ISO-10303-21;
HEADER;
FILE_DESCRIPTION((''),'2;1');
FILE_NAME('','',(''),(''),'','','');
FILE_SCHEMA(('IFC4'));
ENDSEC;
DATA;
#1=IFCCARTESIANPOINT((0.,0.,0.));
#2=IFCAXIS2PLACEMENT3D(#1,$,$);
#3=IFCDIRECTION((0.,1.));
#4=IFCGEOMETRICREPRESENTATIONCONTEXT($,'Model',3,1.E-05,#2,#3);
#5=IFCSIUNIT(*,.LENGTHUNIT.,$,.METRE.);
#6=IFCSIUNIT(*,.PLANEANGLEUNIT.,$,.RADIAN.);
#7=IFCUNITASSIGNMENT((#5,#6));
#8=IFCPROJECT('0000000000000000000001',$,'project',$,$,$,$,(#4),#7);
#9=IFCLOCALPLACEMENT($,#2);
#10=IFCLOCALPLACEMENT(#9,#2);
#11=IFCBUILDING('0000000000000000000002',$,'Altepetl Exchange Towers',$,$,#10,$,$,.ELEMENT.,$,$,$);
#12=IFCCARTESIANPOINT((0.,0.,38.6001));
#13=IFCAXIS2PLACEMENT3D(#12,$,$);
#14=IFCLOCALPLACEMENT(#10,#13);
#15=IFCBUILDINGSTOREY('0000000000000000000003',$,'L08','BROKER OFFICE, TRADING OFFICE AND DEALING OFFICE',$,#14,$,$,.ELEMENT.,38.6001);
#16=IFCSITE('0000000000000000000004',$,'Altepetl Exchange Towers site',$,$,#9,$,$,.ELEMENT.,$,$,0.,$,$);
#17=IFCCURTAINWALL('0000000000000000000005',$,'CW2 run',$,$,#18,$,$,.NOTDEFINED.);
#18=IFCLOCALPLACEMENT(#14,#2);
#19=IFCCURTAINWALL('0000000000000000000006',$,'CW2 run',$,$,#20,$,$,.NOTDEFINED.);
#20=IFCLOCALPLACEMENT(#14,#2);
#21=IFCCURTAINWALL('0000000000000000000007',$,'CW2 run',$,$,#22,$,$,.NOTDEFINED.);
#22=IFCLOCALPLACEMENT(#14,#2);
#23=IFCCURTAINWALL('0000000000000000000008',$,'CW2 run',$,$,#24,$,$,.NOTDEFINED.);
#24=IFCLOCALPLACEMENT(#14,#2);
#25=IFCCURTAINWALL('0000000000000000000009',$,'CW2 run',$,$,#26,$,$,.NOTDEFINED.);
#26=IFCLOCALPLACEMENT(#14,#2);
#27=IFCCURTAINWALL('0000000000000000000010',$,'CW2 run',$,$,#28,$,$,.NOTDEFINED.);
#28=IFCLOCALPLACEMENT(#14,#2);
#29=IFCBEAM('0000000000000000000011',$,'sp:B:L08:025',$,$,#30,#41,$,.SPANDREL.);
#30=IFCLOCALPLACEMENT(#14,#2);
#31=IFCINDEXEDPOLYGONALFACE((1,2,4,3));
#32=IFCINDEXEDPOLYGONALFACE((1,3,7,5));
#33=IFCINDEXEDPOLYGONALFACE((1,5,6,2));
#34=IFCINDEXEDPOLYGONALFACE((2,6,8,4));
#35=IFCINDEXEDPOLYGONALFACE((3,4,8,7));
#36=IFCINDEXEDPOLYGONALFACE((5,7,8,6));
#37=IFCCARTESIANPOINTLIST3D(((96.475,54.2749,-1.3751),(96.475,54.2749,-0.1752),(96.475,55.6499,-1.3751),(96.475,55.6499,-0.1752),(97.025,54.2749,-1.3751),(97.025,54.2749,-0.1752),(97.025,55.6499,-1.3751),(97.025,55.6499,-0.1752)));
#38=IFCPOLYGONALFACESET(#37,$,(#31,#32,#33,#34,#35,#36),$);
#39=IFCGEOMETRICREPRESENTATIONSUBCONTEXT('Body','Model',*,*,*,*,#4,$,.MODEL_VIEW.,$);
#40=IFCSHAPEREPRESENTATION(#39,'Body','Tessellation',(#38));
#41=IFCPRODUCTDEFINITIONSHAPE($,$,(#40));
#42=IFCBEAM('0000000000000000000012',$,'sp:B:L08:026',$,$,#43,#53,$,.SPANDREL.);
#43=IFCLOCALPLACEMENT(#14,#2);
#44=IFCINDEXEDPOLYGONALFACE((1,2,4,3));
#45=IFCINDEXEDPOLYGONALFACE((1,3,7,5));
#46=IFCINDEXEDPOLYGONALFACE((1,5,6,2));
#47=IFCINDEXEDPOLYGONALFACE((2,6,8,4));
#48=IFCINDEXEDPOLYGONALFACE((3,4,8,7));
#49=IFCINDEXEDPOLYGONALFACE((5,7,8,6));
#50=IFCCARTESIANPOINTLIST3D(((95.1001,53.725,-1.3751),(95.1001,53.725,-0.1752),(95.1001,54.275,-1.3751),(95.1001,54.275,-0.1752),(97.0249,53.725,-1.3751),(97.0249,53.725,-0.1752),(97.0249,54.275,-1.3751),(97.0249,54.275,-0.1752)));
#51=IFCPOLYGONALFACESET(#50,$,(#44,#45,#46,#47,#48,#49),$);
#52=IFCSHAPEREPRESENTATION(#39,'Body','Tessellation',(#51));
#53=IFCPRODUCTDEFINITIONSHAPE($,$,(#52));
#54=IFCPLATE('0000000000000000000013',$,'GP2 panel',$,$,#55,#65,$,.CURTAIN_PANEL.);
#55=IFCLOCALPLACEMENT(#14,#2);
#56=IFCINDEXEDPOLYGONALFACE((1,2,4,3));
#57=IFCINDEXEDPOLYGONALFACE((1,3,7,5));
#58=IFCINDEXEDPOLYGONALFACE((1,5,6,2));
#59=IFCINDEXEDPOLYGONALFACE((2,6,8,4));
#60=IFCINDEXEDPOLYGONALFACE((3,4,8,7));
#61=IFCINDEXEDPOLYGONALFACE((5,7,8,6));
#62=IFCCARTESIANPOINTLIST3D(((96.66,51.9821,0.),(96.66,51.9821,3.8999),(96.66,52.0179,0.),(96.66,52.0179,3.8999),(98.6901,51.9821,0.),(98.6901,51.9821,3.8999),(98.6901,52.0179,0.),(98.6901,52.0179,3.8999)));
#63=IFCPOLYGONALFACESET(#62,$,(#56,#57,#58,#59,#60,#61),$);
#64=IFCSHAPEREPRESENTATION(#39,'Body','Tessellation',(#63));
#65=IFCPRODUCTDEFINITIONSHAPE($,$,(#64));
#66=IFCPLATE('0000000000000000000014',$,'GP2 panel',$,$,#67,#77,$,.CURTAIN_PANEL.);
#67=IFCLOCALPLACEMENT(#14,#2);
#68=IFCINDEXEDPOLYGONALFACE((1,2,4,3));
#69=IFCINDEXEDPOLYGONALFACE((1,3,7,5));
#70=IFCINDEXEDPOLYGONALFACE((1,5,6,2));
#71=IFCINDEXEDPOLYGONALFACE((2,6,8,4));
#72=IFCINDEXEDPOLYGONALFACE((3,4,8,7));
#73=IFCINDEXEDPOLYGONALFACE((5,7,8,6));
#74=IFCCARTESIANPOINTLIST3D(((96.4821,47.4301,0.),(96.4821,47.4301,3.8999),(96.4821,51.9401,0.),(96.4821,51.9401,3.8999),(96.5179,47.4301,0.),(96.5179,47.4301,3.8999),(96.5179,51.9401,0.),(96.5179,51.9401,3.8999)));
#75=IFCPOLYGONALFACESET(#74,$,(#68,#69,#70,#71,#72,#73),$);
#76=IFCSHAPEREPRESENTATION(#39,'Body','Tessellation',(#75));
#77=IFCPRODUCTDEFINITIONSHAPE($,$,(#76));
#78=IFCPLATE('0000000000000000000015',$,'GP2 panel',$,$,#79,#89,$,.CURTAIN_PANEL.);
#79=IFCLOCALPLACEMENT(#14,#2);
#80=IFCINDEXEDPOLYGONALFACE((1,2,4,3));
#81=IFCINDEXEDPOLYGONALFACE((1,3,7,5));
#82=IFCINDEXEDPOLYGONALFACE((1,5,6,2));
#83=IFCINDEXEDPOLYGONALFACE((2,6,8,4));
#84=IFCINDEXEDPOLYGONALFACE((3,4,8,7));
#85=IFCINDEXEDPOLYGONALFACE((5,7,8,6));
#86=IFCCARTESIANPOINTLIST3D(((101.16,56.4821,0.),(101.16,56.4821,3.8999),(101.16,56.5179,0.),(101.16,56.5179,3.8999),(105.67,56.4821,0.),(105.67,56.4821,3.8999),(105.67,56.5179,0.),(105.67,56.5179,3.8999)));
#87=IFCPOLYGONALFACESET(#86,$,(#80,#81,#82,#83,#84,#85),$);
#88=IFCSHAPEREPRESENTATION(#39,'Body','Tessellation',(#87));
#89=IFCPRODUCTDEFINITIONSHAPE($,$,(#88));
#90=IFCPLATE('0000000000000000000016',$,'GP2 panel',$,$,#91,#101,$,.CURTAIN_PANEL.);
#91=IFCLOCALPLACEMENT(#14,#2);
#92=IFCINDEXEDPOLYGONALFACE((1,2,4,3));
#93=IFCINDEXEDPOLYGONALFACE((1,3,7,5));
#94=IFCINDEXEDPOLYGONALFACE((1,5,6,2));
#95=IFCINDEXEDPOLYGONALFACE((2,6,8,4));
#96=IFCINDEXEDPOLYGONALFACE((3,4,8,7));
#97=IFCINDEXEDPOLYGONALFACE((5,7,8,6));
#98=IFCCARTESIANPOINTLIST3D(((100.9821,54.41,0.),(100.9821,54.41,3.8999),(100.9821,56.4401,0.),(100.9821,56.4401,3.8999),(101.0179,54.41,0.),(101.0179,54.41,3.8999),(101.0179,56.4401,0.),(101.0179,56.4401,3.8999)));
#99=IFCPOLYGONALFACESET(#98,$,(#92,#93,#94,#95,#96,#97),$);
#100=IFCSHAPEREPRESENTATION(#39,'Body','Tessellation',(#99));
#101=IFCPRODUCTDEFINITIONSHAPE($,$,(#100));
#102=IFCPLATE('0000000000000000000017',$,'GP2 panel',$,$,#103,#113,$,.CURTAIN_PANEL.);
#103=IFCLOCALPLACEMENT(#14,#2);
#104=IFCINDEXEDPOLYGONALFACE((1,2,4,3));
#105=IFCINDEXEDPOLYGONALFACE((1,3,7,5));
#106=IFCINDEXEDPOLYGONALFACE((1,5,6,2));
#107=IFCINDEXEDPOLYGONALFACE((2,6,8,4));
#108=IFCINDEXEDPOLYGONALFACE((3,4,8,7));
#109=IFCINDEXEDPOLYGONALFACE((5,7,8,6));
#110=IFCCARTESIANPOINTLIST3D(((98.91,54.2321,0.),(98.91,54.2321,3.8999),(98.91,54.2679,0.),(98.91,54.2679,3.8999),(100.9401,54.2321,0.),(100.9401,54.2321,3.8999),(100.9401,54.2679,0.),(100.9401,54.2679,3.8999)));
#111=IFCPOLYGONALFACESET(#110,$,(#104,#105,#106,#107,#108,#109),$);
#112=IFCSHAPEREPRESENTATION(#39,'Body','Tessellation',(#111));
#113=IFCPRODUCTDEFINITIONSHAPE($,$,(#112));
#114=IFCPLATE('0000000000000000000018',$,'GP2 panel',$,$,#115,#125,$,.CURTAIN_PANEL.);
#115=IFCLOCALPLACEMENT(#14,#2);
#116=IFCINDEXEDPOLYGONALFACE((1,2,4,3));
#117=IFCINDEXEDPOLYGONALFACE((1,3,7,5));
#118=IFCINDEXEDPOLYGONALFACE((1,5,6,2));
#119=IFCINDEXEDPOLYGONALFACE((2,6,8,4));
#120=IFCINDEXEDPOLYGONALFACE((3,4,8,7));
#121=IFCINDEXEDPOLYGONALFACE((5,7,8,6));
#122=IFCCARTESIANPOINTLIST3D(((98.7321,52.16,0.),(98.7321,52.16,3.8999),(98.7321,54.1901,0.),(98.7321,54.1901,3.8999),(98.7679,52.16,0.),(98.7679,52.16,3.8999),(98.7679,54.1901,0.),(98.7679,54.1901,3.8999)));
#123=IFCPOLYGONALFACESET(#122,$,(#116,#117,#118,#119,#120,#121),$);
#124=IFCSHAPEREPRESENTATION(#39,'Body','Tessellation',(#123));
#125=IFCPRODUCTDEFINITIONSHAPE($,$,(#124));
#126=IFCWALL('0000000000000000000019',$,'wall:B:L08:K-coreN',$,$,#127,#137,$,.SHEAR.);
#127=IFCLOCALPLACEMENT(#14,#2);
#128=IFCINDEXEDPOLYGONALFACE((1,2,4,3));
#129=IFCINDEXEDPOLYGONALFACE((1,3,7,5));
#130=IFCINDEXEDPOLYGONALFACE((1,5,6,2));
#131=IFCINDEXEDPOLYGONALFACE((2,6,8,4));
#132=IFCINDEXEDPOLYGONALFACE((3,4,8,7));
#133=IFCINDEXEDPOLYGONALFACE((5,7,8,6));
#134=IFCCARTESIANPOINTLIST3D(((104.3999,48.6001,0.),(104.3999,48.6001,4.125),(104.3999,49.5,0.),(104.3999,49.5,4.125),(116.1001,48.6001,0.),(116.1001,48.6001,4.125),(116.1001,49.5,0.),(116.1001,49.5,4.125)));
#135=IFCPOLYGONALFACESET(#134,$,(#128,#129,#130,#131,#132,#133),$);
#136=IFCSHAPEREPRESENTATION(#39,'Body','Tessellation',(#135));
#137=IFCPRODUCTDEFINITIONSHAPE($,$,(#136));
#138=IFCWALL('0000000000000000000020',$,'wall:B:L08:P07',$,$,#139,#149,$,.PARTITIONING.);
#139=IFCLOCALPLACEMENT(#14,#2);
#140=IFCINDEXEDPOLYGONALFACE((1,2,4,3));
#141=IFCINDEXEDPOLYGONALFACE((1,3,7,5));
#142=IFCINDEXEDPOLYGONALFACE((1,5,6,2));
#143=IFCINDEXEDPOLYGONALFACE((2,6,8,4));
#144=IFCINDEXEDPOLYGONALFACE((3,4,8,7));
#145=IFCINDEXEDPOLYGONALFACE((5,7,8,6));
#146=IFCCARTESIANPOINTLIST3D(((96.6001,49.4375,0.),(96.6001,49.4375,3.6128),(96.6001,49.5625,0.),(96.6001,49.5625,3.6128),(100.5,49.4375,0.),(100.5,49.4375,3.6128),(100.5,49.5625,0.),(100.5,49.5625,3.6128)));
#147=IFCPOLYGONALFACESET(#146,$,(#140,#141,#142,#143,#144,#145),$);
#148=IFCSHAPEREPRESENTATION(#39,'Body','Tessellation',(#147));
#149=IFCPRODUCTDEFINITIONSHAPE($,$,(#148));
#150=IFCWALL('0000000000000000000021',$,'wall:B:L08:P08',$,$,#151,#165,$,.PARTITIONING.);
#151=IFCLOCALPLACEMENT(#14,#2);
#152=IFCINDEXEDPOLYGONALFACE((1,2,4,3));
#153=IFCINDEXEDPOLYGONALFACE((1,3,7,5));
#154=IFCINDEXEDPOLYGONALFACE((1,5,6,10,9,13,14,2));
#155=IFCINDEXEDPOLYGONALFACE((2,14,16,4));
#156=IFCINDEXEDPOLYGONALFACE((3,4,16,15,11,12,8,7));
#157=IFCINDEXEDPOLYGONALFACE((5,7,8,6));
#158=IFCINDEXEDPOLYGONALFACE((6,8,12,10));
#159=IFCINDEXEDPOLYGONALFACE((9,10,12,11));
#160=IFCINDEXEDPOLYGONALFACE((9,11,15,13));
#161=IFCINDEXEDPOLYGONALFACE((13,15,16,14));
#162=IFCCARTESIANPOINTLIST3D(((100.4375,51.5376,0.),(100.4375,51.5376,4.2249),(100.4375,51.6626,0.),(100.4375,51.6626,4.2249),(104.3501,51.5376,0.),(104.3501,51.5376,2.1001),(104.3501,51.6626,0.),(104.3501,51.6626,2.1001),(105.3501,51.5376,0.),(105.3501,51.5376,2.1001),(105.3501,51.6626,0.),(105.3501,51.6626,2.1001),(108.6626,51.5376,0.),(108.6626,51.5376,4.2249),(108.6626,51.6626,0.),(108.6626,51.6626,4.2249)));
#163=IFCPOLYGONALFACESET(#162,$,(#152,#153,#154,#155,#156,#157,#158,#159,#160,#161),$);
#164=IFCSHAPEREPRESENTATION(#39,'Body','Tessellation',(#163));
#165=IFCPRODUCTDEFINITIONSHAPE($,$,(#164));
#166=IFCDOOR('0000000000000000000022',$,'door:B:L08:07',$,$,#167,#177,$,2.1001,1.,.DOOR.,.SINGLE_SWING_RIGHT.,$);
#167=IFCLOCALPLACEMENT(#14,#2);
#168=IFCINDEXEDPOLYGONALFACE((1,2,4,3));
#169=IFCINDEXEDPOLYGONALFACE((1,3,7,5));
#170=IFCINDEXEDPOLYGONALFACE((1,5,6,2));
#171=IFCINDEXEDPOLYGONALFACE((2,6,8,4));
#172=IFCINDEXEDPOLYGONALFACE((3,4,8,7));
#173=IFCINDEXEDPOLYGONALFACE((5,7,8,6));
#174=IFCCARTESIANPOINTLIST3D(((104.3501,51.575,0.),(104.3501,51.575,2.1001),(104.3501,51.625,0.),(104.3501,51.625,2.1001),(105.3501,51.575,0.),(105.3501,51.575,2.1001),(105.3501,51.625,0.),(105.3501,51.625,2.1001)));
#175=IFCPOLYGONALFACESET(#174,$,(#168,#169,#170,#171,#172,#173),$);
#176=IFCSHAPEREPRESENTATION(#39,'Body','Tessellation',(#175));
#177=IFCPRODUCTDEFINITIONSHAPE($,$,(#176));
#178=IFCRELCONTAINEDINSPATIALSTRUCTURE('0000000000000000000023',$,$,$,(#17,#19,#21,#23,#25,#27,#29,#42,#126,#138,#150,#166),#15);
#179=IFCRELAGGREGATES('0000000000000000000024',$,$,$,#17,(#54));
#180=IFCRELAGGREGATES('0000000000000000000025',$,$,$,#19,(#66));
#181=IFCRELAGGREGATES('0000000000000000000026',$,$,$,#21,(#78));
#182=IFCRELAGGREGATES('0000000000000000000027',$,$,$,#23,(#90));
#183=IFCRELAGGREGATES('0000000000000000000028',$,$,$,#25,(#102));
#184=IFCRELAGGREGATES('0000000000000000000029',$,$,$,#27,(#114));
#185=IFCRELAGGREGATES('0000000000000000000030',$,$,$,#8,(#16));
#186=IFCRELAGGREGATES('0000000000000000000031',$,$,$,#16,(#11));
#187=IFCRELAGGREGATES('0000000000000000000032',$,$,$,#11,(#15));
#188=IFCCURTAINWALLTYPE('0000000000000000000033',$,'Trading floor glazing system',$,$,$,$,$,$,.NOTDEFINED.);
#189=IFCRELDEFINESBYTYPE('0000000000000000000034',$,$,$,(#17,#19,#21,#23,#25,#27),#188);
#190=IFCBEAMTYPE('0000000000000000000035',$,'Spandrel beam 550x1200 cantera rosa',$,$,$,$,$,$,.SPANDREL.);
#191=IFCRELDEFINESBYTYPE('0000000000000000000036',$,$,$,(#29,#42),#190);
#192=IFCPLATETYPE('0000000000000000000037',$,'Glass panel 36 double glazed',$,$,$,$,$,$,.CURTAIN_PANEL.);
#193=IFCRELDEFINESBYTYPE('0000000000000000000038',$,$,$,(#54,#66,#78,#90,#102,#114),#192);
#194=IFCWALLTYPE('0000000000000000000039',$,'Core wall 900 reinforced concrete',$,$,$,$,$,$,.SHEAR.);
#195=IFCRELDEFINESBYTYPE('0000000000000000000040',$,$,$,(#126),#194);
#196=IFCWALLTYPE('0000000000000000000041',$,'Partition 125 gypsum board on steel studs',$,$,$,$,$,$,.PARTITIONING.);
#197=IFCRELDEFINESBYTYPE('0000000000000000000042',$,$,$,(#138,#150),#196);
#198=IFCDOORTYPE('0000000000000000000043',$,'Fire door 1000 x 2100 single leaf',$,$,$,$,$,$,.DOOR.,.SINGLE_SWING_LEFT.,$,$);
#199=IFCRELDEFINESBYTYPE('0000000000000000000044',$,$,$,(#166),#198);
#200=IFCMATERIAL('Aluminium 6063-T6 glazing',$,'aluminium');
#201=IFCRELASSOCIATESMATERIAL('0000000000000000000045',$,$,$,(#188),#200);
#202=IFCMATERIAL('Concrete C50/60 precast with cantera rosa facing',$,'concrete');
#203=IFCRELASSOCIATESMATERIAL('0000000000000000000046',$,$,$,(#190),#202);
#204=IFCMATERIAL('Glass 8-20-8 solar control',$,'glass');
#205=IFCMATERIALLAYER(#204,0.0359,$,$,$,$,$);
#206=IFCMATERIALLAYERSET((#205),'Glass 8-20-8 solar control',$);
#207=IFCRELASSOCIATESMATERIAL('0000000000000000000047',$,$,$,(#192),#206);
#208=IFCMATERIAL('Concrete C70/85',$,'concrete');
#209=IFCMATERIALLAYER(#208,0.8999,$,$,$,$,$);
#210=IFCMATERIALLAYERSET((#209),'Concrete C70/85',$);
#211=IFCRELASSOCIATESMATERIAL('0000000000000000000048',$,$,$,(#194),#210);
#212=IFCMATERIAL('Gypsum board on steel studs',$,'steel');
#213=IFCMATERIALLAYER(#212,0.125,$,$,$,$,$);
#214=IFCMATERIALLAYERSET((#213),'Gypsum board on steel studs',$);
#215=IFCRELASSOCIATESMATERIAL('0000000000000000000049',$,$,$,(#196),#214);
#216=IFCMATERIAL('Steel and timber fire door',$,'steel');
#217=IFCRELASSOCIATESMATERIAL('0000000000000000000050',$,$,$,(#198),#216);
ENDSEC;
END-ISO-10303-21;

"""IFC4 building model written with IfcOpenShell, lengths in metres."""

from ifc_helpers import new_model, si_unit, direction, frame, frame_2d, origin, origin_2d, place, context, subcontext, project, spatial, rectangle, extrude, material, layer, layer_set, material_profile, profile_set, type_object, element, fill, aggregate, save


model = new_model("IFC4")

# Units and contexts
model_context = context("Model", 3, precision=1e-05, world=origin(), true_north=direction((0.0, 1.0)))
body_context = subcontext(model_context, "Body", "Model", "MODEL_VIEW")
ifc_project = project(units=[si_unit("LENGTHUNIT", "METRE"), si_unit("PLANEANGLEUNIT", "RADIAN")], contexts=[model_context])

# Site, building, storey
site_placement = place(None, origin())
site = spatial("IfcSite", under=ifc_project, at=site_placement, Name="Altepetl Exchange Towers site", CompositionType="ELEMENT", RefElevation=0.0)
building_placement = place(site_placement, origin())
building = spatial("IfcBuilding", under=site, at=building_placement, Name="Altepetl Exchange Towers", CompositionType="ELEMENT")
storey_placement = place(building_placement, frame((0.0, 0.0, 38.6001)))
storey = spatial("IfcBuildingStorey", under=building, at=storey_placement, Name="L08", Description="BROKER OFFICE, TRADING OFFICE AND DEALING OFFICE", CompositionType="ELEMENT", Elevation=38.6001)

# Shared definitions
ifc_material_1 = material(Name="Concrete C70/85", Category="concrete")

# Curtain walls
ifc_material_2 = material(Name="Aluminium 6063-T6 glazing", Category="aluminium")
curtain_wall_type = type_object("IfcCurtainWallType", Name="Trading floor glazing system", PredefinedType="NOTDEFINED", material=ifc_material_2)
curtain_wall_1_placement = place(storey_placement, origin())
curtain_wall_1 = element("IfcCurtainWall", 1, at=curtain_wall_1_placement, inside=storey, type_object=curtain_wall_type, Name="CW2 run", PredefinedType="NOTDEFINED")
curtain_wall_2_placement = place(storey_placement, origin())
curtain_wall_2 = element("IfcCurtainWall", 2, at=curtain_wall_2_placement, inside=storey, type_object=curtain_wall_type, Name="CW2 run", PredefinedType="NOTDEFINED")

# Curtain wall
curtain_wall_3_placement = place(storey_placement, origin())
curtain_wall_3 = element("IfcCurtainWall", 3, at=curtain_wall_3_placement, inside=storey, type_object=curtain_wall_type, Name="CW2 run", PredefinedType="NOTDEFINED")

# Curtain walls
curtain_wall_4_placement = place(storey_placement, origin())
curtain_wall_4 = element("IfcCurtainWall", 4, at=curtain_wall_4_placement, inside=storey, type_object=curtain_wall_type, Name="CW2 run", PredefinedType="NOTDEFINED")
curtain_wall_5_placement = place(storey_placement, origin())
curtain_wall_5 = element("IfcCurtainWall", 5, at=curtain_wall_5_placement, inside=storey, type_object=curtain_wall_type, Name="CW2 run", PredefinedType="NOTDEFINED")
curtain_wall_6_placement = place(storey_placement, origin())
curtain_wall_6 = element("IfcCurtainWall", 6, at=curtain_wall_6_placement, inside=storey, type_object=curtain_wall_type, Name="CW2 run", PredefinedType="NOTDEFINED")

# Beams
ifc_material_3 = material(Name="Concrete C50/60 precast with cantera rosa facing", Category="concrete")
ifc_material_profile_1 = material_profile(ifc_material_3, rectangle(XDim=0.55, YDim=1.2, at=origin_2d()), Name="550 x 1200")
ifc_profile_set_1 = profile_set([ifc_material_profile_1], Name="Concrete C50/60 precast with cantera rosa facing")
beam_type_1 = type_object("IfcBeamType", Name="Spandrel beam 550x1200 cantera rosa", PredefinedType="SPANDREL", material=ifc_profile_set_1)
beam_1_placement = place(storey_placement, frame((96.75, 55.6499, -0.7751), z_axis=(0.0, -1.0, 0.0), x_axis=(1.0, 0.0, 0.0)))
element("IfcBeam", 7, at=beam_1_placement, inside=storey, type_object=beam_type_1, Name="sp:B:L08:025", PredefinedType="SPANDREL", context=body_context, shape_type="SweptSolid", body=[
    extrude(rectangle(XDim=0.55, YDim=1.2, at=origin_2d()), origin(), (0.0, 0.0, 1.0), 1.375),
])
beam_2_placement = place(storey_placement, frame((97.0249, 54.0, -0.7751), z_axis=(-1.0, 0.0, 0.0), x_axis=(0.0, -1.0, 0.0)))
element("IfcBeam", 8, at=beam_2_placement, inside=storey, type_object=beam_type_1, Name="sp:B:L08:026", PredefinedType="SPANDREL", context=body_context, shape_type="SweptSolid", body=[
    extrude(rectangle(XDim=0.55, YDim=1.2, at=origin_2d()), origin(), (0.0, 0.0, 1.0), 1.9248),
])

# Plates
ifc_material_4 = material(Name="Glass 8-20-8 solar control", Category="glass")
ifc_layer_1 = layer(ifc_material_4, 0.0359)
ifc_layer_set_1 = layer_set([ifc_layer_1], Name="Glass 8-20-8 solar control")
plate_type = type_object("IfcPlateType", Name="Glass panel 36 double glazed", PredefinedType="CURTAIN_PANEL", material=ifc_layer_set_1)
plate_1_placement = place(storey_placement, frame((97.675, 52.0, 0.0), z_axis=(0.0, 0.0, 1.0), x_axis=(-1.0, 0.0, 0.0)))
plate_1 = element("IfcPlate", 9, at=plate_1_placement, type_object=plate_type, Name="GP2 panel", PredefinedType="CURTAIN_PANEL", context=body_context, shape_type="SweptSolid", body=[
    extrude(rectangle(XDim=2.03, YDim=0.0359, at=origin_2d()), origin(), (0.0, 0.0, 1.0), 3.8999),
])
aggregate(curtain_wall_1, [plate_1])
plate_2_placement = place(storey_placement, frame((96.5, 49.6851, 0.0), z_axis=(0.0, 0.0, 1.0), x_axis=(0.0, -1.0, 0.0)))
plate_2 = element("IfcPlate", 10, at=plate_2_placement, type_object=plate_type, Name="GP2 panel", PredefinedType="CURTAIN_PANEL", context=body_context, shape_type="SweptSolid", body=[
    extrude(rectangle(XDim=4.51, YDim=0.0359, at=origin_2d()), origin(), (0.0, 0.0, 1.0), 3.8999),
])
aggregate(curtain_wall_2, [plate_2])
plate_3_placement = place(storey_placement, frame((103.415, 56.5, 0.0), z_axis=(0.0, 0.0, 1.0), x_axis=(-1.0, 0.0, 0.0)))
plate_3 = element("IfcPlate", 11, at=plate_3_placement, type_object=plate_type, Name="GP2 panel", PredefinedType="CURTAIN_PANEL", context=body_context, shape_type="SweptSolid", body=[
    extrude(rectangle(XDim=4.51, YDim=0.0359, at=origin_2d()), origin(), (0.0, 0.0, 1.0), 3.8999),
])
aggregate(curtain_wall_3, [plate_3])
plate_4_placement = place(storey_placement, frame((101.0, 55.425, 0.0), z_axis=(0.0, 0.0, 1.0), x_axis=(0.0, -1.0, 0.0)))
plate_4 = element("IfcPlate", 12, at=plate_4_placement, type_object=plate_type, Name="GP2 panel", PredefinedType="CURTAIN_PANEL", context=body_context, shape_type="SweptSolid", body=[
    extrude(rectangle(XDim=2.03, YDim=0.0359, at=origin_2d()), origin(), (0.0, 0.0, 1.0), 3.8999),
])
aggregate(curtain_wall_4, [plate_4])
plate_5_placement = place(storey_placement, frame((99.925, 54.25, 0.0), z_axis=(0.0, 0.0, 1.0), x_axis=(-1.0, 0.0, 0.0)))
plate_5 = element("IfcPlate", 13, at=plate_5_placement, type_object=plate_type, Name="GP2 panel", PredefinedType="CURTAIN_PANEL", context=body_context, shape_type="SweptSolid", body=[
    extrude(rectangle(XDim=2.03, YDim=0.0359, at=origin_2d()), origin(), (0.0, 0.0, 1.0), 3.8999),
])
aggregate(curtain_wall_5, [plate_5])
plate_6_placement = place(storey_placement, frame((98.75, 53.175, 0.0), z_axis=(0.0, 0.0, 1.0), x_axis=(0.0, -1.0, 0.0)))
plate_6 = element("IfcPlate", 14, at=plate_6_placement, type_object=plate_type, Name="GP2 panel", PredefinedType="CURTAIN_PANEL", context=body_context, shape_type="SweptSolid", body=[
    extrude(rectangle(XDim=2.03, YDim=0.0359, at=origin_2d()), origin(), (0.0, 0.0, 1.0), 3.8999),
])
aggregate(curtain_wall_6, [plate_6])

# Walls
ifc_layer_2 = layer(ifc_material_1, 0.8999)
ifc_layer_set_2 = layer_set([ifc_layer_2], Name="Concrete C70/85")
wall_type_1 = type_object("IfcWallType", Name="Core wall 900 reinforced concrete", PredefinedType="SHEAR", material=ifc_layer_set_2)
wall_1_placement = place(storey_placement, frame((104.3999, 49.05, 0.0)))
element("IfcWall", 15, at=wall_1_placement, inside=storey, type_object=wall_type_1, Name="wall:B:L08:K-coreN", PredefinedType="SHEAR", context=body_context, shape_type="SweptSolid", body=[
    extrude(rectangle(XDim=11.7002, YDim=0.8999, at=frame_2d((5.8501, 0.0))), origin(), (0.0, 0.0, 1.0), 4.125),
])
ifc_material_5 = material(Name="Gypsum board on steel studs", Category="steel")
ifc_layer_3 = layer(ifc_material_5, 0.125)
ifc_layer_set_3 = layer_set([ifc_layer_3], Name="Gypsum board on steel studs")
wall_type_2 = type_object("IfcWallType", Name="Partition 125 gypsum board on steel studs", PredefinedType="PARTITIONING", material=ifc_layer_set_3)
wall_2_placement = place(storey_placement, frame((96.6001, 49.5, 0.0)))
element("IfcWall", 16, at=wall_2_placement, inside=storey, type_object=wall_type_2, Name="wall:B:L08:P07", PredefinedType="PARTITIONING", context=body_context, shape_type="SweptSolid", body=[
    extrude(rectangle(XDim=3.8999, YDim=0.125, at=frame_2d((1.95, 0.0))), origin(), (0.0, 0.0, 1.0), 3.6128),
])

# Wall, opening, door
wall_3_placement = place(storey_placement, frame((100.4375, 51.6001, 0.0)))
wall_3 = element("IfcWall", 17, at=wall_3_placement, inside=storey, type_object=wall_type_2, Name="wall:B:L08:P08", PredefinedType="PARTITIONING", context=body_context, shape_type="SweptSolid", body=[
    extrude(rectangle(XDim=8.2251, YDim=0.125, at=frame_2d((4.1125, 0.0))), origin(), (0.0, 0.0, 1.0), 4.2249),
])
opening_placement = place(wall_3_placement, frame((3.9126, 0.0, 0.0)))
opening = element("IfcOpeningElement", 18, at=opening_placement, cuts=wall_3, PredefinedType="OPENING", context=body_context, shape_type="SweptSolid", body=[
    extrude(rectangle(XDim=1.0, YDim=2.1001, at=frame_2d((0.5, 1.05))), frame((0.0, 0.0725, 0.0), z_axis=(0.0, -1.0, 0.0), x_axis=(1.0, 0.0, 0.0)), (0.0, 0.0, 1.0), 0.145),
])
ifc_material_6 = material(Name="Steel and timber fire door", Category="steel")
door_type = type_object("IfcDoorType", Name="Fire door 1000 x 2100 single leaf", OperationType="SINGLE_SWING_LEFT", PredefinedType="DOOR", material=ifc_material_6)
door_placement = place(opening_placement, origin())
door = element("IfcDoor", 19, at=door_placement, inside=storey, type_object=door_type, Name="door:B:L08:07", OperationType="SINGLE_SWING_RIGHT", OverallHeight=2.1001, OverallWidth=1.0, PredefinedType="DOOR", context=body_context, shape_type="SweptSolid", body=[
    extrude(rectangle(XDim=1.0, YDim=2.1001, at=frame_2d((0.5, 1.05))), frame((0.0, 0.0249, 0.0), z_axis=(0.0, -1.0, 0.0), x_axis=(1.0, 0.0, 0.0)), (0.0, 0.0, 1.0), 0.05),
])
fill(opening, door)

save(model, "model.ifc")
